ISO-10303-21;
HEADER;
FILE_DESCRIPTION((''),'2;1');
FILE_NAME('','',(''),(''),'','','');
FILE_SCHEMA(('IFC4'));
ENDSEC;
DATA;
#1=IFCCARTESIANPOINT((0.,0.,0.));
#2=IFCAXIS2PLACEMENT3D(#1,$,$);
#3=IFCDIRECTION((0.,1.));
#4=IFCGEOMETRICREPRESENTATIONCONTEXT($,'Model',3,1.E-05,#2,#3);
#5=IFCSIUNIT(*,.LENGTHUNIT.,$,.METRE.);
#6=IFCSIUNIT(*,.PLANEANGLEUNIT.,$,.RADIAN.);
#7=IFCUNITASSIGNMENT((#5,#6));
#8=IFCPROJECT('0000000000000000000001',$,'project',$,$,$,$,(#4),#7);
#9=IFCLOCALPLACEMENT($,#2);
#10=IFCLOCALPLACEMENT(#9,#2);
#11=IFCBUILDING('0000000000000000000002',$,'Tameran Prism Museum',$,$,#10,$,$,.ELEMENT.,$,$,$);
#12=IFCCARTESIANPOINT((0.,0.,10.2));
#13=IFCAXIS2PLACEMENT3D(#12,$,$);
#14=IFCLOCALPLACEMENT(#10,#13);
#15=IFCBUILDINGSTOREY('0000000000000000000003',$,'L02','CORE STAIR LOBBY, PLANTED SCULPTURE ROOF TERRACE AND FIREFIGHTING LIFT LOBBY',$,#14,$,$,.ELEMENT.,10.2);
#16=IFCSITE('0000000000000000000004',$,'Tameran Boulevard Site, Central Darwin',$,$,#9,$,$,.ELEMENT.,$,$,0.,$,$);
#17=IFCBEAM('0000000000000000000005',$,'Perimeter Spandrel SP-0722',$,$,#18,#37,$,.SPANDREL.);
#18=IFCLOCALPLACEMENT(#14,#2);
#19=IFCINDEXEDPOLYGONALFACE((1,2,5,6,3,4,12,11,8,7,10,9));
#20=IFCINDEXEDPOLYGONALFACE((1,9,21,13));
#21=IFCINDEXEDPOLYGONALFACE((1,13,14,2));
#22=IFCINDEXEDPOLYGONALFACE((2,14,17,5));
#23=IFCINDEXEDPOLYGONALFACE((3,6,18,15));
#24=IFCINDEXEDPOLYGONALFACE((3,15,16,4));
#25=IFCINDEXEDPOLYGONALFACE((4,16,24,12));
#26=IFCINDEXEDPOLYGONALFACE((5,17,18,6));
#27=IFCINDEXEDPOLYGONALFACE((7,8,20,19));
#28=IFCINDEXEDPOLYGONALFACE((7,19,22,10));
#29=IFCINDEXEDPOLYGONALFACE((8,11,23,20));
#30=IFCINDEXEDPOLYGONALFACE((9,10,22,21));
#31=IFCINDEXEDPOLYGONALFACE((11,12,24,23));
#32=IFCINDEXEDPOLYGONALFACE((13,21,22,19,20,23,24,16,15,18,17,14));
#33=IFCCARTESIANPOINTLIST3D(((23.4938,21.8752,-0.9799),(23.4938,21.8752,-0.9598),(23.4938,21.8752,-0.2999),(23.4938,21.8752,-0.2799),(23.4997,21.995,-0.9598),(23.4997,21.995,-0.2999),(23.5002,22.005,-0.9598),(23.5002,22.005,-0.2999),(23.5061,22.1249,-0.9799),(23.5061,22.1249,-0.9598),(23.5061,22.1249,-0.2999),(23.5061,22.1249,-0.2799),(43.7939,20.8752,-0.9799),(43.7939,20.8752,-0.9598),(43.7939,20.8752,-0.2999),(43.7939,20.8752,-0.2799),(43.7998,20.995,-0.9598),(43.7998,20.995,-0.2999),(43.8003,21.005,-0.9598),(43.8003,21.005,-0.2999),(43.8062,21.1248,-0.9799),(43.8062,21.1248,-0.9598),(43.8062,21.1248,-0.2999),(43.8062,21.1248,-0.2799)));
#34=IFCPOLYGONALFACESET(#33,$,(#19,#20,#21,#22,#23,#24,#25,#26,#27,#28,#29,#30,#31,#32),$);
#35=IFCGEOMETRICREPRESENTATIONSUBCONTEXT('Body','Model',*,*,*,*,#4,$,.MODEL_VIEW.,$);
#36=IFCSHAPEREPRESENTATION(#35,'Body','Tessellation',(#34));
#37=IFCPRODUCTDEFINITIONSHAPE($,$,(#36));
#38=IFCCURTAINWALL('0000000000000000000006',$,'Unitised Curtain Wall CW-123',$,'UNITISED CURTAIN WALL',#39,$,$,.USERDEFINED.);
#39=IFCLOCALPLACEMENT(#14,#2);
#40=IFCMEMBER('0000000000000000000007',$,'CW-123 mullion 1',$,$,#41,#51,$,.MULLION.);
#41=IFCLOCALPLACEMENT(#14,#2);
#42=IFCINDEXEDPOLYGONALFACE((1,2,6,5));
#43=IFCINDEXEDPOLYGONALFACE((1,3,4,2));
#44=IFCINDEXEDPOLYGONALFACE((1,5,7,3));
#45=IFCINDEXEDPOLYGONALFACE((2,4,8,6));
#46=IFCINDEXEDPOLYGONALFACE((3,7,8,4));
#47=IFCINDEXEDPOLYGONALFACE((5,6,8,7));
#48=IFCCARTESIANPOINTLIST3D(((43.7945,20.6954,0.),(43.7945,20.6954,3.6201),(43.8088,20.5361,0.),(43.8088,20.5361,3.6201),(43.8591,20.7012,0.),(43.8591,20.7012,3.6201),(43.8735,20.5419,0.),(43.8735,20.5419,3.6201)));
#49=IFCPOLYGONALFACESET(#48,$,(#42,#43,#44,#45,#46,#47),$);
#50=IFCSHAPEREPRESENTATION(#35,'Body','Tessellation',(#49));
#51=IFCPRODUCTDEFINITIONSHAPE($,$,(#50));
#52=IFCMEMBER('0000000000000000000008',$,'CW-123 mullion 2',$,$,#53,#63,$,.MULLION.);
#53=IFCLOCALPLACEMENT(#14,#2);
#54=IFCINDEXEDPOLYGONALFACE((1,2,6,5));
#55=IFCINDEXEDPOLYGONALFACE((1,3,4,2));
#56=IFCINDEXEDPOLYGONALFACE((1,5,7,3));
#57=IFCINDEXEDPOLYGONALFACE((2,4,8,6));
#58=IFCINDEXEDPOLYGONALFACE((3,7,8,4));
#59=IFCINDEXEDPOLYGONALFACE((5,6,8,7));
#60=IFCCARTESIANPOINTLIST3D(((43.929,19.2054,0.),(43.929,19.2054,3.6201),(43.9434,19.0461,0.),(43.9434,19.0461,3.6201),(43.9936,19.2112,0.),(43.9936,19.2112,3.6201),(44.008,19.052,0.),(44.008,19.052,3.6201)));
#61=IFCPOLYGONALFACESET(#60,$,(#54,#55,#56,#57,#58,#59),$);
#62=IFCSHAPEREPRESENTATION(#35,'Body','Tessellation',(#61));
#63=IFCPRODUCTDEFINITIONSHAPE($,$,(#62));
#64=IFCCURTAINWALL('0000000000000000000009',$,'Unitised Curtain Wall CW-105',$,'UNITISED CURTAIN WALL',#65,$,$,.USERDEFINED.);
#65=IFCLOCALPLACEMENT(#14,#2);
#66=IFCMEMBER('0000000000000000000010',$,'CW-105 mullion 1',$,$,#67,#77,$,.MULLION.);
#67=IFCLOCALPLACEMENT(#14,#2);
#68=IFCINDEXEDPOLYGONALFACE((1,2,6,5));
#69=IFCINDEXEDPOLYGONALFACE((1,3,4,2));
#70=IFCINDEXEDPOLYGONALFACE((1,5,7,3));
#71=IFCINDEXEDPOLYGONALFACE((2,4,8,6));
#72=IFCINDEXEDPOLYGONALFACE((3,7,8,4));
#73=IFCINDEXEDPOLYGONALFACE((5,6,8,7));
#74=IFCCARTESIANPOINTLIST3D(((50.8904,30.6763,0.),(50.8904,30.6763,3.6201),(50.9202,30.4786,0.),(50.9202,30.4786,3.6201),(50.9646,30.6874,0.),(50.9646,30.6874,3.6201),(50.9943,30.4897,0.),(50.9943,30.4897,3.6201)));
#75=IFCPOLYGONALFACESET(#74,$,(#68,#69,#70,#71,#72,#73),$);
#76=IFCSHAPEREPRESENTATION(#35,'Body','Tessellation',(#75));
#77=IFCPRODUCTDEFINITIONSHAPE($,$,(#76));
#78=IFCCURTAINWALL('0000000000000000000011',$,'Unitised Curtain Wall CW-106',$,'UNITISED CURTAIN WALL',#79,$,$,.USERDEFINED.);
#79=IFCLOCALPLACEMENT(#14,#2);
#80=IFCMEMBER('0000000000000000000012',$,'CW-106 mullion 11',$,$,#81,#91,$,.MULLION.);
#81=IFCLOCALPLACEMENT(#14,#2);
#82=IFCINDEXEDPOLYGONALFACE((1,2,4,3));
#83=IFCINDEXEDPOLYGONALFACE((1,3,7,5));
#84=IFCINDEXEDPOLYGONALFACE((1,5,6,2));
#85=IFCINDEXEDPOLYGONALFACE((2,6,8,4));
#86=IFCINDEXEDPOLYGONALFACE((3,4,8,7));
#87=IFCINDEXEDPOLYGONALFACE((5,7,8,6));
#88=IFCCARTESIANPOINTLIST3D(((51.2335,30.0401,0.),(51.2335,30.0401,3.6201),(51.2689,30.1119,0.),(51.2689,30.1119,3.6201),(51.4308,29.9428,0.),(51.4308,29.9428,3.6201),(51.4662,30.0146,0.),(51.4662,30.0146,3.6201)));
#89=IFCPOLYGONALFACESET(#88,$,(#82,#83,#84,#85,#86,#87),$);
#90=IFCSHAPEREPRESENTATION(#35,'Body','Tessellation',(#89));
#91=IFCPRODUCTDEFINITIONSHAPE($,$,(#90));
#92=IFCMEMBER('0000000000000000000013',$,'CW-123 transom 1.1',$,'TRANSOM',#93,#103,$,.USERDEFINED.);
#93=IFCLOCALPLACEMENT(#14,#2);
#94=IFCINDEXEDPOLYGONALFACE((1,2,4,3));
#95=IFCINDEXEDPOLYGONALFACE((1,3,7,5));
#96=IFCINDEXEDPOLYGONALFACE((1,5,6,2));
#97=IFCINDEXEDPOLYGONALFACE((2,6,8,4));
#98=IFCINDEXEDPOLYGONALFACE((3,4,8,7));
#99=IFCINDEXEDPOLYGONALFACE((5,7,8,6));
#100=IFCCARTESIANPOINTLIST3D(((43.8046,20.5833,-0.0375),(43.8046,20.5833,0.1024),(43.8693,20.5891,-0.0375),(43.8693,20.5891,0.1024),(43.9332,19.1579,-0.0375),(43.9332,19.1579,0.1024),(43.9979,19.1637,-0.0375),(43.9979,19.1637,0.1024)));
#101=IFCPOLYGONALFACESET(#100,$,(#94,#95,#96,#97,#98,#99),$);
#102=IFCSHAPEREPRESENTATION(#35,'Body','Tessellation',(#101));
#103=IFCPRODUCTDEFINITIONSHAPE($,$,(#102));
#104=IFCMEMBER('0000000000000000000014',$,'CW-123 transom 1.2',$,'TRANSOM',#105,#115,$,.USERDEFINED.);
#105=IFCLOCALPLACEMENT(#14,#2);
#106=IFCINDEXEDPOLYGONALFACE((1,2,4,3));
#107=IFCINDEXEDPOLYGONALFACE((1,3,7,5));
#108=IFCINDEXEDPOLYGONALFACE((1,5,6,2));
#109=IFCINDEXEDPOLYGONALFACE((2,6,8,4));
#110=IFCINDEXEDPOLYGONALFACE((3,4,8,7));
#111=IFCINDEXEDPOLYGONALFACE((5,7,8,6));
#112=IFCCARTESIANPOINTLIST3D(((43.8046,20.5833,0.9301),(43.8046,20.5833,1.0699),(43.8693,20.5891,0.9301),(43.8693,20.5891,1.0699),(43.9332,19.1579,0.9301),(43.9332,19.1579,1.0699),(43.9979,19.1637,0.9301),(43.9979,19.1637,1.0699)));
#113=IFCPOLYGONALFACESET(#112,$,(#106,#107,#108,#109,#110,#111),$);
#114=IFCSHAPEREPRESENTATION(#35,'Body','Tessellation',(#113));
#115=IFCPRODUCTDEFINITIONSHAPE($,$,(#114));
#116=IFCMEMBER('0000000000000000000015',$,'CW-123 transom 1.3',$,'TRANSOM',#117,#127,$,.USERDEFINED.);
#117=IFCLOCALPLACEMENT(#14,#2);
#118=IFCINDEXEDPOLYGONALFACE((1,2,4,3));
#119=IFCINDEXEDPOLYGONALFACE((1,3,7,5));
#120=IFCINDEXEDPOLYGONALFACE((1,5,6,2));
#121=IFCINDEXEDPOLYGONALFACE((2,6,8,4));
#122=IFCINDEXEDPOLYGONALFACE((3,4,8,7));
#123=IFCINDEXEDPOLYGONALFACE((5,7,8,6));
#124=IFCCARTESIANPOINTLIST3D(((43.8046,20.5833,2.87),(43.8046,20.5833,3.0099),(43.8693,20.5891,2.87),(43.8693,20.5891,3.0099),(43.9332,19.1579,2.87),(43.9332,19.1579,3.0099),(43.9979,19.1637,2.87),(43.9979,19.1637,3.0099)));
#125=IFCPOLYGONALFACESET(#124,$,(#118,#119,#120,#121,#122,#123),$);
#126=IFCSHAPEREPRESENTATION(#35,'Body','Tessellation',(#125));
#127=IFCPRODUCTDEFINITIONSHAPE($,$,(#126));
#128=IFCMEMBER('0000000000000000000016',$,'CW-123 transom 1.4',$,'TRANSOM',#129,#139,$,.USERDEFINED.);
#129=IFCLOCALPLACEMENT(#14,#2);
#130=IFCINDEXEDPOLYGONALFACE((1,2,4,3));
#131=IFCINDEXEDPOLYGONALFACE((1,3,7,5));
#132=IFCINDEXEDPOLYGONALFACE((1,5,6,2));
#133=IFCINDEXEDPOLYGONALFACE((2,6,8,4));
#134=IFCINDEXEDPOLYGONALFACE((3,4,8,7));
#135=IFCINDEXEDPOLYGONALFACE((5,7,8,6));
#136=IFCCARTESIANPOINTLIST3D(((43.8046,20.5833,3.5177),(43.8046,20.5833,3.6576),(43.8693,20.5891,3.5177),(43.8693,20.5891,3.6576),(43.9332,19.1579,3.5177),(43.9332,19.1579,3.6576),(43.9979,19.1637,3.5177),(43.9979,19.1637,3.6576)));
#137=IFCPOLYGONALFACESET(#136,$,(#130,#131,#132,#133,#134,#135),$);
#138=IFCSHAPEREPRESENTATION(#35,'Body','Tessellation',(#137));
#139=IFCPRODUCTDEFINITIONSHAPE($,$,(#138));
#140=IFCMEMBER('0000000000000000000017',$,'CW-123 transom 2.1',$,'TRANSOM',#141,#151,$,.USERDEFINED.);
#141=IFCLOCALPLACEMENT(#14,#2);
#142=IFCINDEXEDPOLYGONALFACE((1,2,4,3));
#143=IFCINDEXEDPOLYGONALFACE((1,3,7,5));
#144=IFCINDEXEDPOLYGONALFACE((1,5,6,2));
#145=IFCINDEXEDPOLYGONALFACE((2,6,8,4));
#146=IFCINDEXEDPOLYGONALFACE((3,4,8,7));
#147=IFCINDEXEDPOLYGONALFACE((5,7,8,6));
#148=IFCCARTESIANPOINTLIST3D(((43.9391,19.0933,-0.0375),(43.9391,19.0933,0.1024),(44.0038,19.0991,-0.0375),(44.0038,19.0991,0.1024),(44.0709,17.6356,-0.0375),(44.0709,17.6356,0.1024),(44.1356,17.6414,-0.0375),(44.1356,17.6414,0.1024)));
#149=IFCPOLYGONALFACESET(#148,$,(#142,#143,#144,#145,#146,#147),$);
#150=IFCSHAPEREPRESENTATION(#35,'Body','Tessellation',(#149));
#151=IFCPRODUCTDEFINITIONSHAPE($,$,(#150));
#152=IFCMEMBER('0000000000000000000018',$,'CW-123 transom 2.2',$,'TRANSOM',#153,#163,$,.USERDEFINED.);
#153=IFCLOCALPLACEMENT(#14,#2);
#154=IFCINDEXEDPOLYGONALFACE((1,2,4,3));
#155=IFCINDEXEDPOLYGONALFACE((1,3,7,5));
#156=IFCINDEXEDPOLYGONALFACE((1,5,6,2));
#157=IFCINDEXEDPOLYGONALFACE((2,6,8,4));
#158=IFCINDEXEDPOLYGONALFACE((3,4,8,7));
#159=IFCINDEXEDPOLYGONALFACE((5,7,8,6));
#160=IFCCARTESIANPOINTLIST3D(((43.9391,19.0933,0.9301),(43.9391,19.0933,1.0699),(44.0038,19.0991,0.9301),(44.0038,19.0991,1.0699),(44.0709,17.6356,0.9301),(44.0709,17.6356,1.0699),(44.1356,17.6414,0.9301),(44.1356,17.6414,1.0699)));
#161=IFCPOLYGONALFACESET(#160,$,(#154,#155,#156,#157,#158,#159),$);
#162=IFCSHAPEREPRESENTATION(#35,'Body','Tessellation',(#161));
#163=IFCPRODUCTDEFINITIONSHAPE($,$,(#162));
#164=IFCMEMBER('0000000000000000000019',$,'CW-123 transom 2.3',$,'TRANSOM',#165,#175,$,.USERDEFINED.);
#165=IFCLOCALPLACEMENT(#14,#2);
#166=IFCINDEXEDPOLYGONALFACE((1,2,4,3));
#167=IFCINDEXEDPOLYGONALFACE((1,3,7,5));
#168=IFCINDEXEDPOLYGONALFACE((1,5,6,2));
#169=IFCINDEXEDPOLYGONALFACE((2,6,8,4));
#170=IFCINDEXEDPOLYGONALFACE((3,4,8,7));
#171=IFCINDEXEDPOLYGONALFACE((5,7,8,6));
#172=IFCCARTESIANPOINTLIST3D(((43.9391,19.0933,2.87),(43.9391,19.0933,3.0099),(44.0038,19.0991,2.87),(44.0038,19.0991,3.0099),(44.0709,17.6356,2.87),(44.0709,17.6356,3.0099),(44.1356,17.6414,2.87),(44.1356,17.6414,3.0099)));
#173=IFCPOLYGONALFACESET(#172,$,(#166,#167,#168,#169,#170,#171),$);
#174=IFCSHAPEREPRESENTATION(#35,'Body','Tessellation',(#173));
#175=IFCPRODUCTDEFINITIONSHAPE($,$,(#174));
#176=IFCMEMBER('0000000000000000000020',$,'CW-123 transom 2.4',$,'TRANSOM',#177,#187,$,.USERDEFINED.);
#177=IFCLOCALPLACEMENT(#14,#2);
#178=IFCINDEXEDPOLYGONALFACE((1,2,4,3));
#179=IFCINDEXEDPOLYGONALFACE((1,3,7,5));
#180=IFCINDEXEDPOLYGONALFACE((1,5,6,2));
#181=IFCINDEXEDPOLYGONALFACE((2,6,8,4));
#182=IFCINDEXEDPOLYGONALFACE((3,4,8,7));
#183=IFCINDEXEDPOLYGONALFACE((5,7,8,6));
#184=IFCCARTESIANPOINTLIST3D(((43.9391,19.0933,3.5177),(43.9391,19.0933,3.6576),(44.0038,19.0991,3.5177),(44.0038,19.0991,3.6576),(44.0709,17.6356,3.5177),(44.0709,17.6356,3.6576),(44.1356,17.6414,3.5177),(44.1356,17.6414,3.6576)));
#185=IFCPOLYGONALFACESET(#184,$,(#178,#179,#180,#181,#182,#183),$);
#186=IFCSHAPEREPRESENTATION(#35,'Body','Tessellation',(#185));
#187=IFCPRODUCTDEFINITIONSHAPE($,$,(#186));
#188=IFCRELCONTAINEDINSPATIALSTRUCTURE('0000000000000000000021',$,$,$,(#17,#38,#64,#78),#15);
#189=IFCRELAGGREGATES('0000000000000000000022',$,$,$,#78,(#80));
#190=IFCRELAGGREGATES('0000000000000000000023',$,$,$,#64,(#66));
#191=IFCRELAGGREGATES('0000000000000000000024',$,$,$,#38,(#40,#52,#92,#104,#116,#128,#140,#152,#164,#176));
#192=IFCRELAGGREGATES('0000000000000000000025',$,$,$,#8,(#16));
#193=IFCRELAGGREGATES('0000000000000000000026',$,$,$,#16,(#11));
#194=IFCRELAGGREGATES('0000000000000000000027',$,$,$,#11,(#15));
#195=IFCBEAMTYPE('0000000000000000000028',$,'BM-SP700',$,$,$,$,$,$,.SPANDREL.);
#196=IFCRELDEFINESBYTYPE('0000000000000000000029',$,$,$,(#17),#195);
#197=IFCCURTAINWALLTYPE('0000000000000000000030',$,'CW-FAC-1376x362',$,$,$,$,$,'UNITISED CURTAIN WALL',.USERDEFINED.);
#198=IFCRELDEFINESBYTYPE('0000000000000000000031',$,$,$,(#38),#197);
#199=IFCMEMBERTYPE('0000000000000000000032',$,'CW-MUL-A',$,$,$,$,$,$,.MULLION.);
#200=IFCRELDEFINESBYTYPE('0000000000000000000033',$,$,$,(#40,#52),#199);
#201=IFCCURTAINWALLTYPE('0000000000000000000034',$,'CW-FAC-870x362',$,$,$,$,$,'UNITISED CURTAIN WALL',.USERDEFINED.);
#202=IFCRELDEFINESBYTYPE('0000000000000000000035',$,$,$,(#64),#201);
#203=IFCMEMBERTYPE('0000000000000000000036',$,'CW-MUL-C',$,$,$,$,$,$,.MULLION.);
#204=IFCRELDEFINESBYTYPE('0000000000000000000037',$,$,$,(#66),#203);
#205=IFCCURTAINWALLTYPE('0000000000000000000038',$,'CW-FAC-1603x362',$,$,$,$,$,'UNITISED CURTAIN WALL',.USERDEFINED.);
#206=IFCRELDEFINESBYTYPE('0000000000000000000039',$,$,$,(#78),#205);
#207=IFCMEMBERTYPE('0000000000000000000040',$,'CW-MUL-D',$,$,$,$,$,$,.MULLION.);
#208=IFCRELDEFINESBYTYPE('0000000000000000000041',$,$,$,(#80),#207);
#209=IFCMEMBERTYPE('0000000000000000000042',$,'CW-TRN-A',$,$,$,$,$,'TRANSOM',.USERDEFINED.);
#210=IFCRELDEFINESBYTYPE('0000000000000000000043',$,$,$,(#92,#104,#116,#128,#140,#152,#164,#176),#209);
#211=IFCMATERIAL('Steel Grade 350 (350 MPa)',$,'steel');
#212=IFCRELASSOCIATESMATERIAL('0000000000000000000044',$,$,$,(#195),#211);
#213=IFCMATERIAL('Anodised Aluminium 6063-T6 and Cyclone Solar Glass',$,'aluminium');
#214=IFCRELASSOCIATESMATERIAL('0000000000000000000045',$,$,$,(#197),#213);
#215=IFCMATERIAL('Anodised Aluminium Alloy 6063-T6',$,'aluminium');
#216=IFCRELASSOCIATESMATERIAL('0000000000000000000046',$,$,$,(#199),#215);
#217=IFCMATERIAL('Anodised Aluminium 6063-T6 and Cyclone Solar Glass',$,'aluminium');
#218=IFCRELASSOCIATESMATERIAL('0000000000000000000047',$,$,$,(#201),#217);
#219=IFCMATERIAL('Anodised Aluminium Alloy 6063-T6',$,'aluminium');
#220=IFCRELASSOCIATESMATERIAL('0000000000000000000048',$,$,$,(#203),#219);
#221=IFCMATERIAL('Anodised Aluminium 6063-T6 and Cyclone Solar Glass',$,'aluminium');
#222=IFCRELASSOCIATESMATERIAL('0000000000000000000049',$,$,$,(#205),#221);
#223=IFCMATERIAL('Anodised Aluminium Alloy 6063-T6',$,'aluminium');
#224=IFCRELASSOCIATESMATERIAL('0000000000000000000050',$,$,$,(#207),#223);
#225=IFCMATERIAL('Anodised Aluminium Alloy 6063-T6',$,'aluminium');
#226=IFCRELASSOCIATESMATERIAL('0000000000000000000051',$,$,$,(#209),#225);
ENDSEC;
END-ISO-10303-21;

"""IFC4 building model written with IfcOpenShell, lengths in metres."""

from ifc_helpers import new_model, si_unit, direction, frame, origin, origin_2d, place, context, subcontext, project, spatial, rectangle, i_section, extrude, material, material_profile, profile_set, type_object, element, aggregate, save


model = new_model("IFC4")

# Units and contexts
model_context = context("Model", 3, precision=1e-05, world=origin(), true_north=direction((0.0, 1.0)))
body_context = subcontext(model_context, "Body", "Model", "MODEL_VIEW")
ifc_project = project(units=[si_unit("LENGTHUNIT", "METRE"), si_unit("PLANEANGLEUNIT", "RADIAN")], contexts=[model_context])

# Site, building, storey
site_placement = place(None, origin())
site = spatial("IfcSite", under=ifc_project, at=site_placement, Name="Tameran Boulevard Site, Central Darwin", CompositionType="ELEMENT", RefElevation=0.0)
building_placement = place(site_placement, origin())
building = spatial("IfcBuilding", under=site, at=building_placement, Name="Tameran Prism Museum", CompositionType="ELEMENT")
storey_placement = place(building_placement, frame((0.0, 0.0, 10.2)))
storey = spatial("IfcBuildingStorey", under=building, at=storey_placement, Name="L02", Description="CORE STAIR LOBBY, PLANTED SCULPTURE ROOF TERRACE AND FIREFIGHTING LIFT LOBBY", CompositionType="ELEMENT", Elevation=10.2)

# Beam
ifc_material_1 = material(Name="Steel Grade 350 (350 MPa)", Category="steel")
ifc_material_profile_1 = material_profile(ifc_material_1, i_section(OverallWidth=0.25, OverallDepth=0.7, WebThickness=0.01, FlangeThickness=0.02, at=origin_2d()))
ifc_profile_set_1 = profile_set([ifc_material_profile_1])
beam_type_1 = type_object("IfcBeamType", Name="BM-SP700", PredefinedType="SPANDREL", material=ifc_profile_set_1)
beam_1_placement = place(storey_placement, frame((43.8, 21.0, -0.6299), z_axis=(-0.998789, 0.049201, 0.0), x_axis=(-0.049201, -0.998789, 0.0)))
element("IfcBeam", 1, at=beam_1_placement, inside=storey, type_object=beam_type_1, Name="Perimeter Spandrel SP-0722", PredefinedType="SPANDREL", context=body_context, shape_type="SweptSolid", body=[
    extrude(i_section(OverallWidth=0.25, OverallDepth=0.7, WebThickness=0.01, FlangeThickness=0.02, at=origin_2d()), origin(), (0.0, 0.0, 1.0), 20.3247),
])

# Curtain wall, members
ifc_material_2 = material(Name="Anodised Aluminium 6063-T6 and Cyclone Solar Glass", Category="aluminium")
curtain_wall_type_1 = type_object("IfcCurtainWallType", Name="CW-FAC-1376x362", ElementType="UNITISED CURTAIN WALL", PredefinedType="USERDEFINED", material=ifc_material_2)
curtain_wall_1_placement = place(storey_placement, origin())
curtain_wall_1 = element("IfcCurtainWall", 2, at=curtain_wall_1_placement, inside=storey, type_object=curtain_wall_type_1, Name="Unitised Curtain Wall CW-123", ObjectType="UNITISED CURTAIN WALL", PredefinedType="USERDEFINED")
ifc_material_3 = material(Name="Anodised Aluminium Alloy 6063-T6", Category="aluminium")
ifc_material_profile_2 = material_profile(ifc_material_3, rectangle(XDim=0.0649, YDim=0.1599, at=origin_2d()))
ifc_profile_set_2 = profile_set([ifc_material_profile_2])
member_type_1 = type_object("IfcMemberType", Name="CW-MUL-A", PredefinedType="MULLION", material=ifc_profile_set_2)
member_1_placement = place(storey_placement, frame((43.834, 20.6187, 0.0), z_axis=(0.0, 0.0, 1.0), x_axis=(0.995943, 0.089985, 0.0)))
member_1 = element("IfcMember", 3, at=member_1_placement, type_object=member_type_1, Name="CW-123 mullion 1", PredefinedType="MULLION", context=body_context, shape_type="SweptSolid", body=[
    extrude(rectangle(XDim=0.0649, YDim=0.1599, at=origin_2d()), origin(), (0.0, 0.0, 1.0), 3.6201),
])
member_2_placement = place(storey_placement, frame((43.9685, 19.1287, 0.0), z_axis=(0.0, 0.0, 1.0), x_axis=(0.995943, 0.089985, 0.0)))
member_2 = element("IfcMember", 4, at=member_2_placement, type_object=member_type_1, Name="CW-123 mullion 2", PredefinedType="MULLION", context=body_context, shape_type="SweptSolid", body=[
    extrude(rectangle(XDim=0.0649, YDim=0.1599, at=origin_2d()), origin(), (0.0, 0.0, 1.0), 3.6201),
])

# Curtain walls, members
ifc_material_4 = material(Name="Anodised Aluminium 6063-T6 and Cyclone Solar Glass", Category="aluminium")
curtain_wall_type_2 = type_object("IfcCurtainWallType", Name="CW-FAC-870x362", ElementType="UNITISED CURTAIN WALL", PredefinedType="USERDEFINED", material=ifc_material_4)
curtain_wall_2_placement = place(storey_placement, origin())
curtain_wall_2 = element("IfcCurtainWall", 5, at=curtain_wall_2_placement, inside=storey, type_object=curtain_wall_type_2, Name="Unitised Curtain Wall CW-105", ObjectType="UNITISED CURTAIN WALL", PredefinedType="USERDEFINED")
ifc_material_5 = material(Name="Anodised Aluminium Alloy 6063-T6", Category="aluminium")
ifc_material_profile_3 = material_profile(ifc_material_5, rectangle(XDim=0.075, YDim=0.2, at=origin_2d()))
ifc_profile_set_3 = profile_set([ifc_material_profile_3])
member_type_2 = type_object("IfcMemberType", Name="CW-MUL-C", PredefinedType="MULLION", material=ifc_profile_set_3)
member_3_placement = place(storey_placement, frame((50.9424, 30.583, 0.0), z_axis=(0.0, 0.0, 1.0), x_axis=(-0.988855, -0.14888, 0.0)))
member_3 = element("IfcMember", 6, at=member_3_placement, type_object=member_type_2, Name="CW-105 mullion 1", PredefinedType="MULLION", context=body_context, shape_type="SweptSolid", body=[
    extrude(rectangle(XDim=0.075, YDim=0.2, at=origin_2d()), origin(), (0.0, 0.0, 1.0), 3.6201),
])
ifc_material_6 = material(Name="Anodised Aluminium 6063-T6 and Cyclone Solar Glass", Category="aluminium")
curtain_wall_type_3 = type_object("IfcCurtainWallType", Name="CW-FAC-1603x362", ElementType="UNITISED CURTAIN WALL", PredefinedType="USERDEFINED", material=ifc_material_6)
curtain_wall_3_placement = place(storey_placement, origin())
curtain_wall_3 = element("IfcCurtainWall", 7, at=curtain_wall_3_placement, inside=storey, type_object=curtain_wall_type_3, Name="Unitised Curtain Wall CW-106", ObjectType="UNITISED CURTAIN WALL", PredefinedType="USERDEFINED")
ifc_material_7 = material(Name="Anodised Aluminium Alloy 6063-T6", Category="aluminium")
ifc_material_profile_4 = material_profile(ifc_material_7, rectangle(XDim=0.0801, YDim=0.22, at=origin_2d()))
ifc_profile_set_4 = profile_set([ifc_material_profile_4])
member_type_3 = type_object("IfcMemberType", Name="CW-MUL-D", PredefinedType="MULLION", material=ifc_profile_set_4)
member_4_placement = place(storey_placement, frame((51.3499, 30.0273, 0.0), z_axis=(0.0, 0.0, 1.0), x_axis=(-0.442415, -0.896811, 0.0)))
member_4 = element("IfcMember", 8, at=member_4_placement, type_object=member_type_3, Name="CW-106 mullion 11", PredefinedType="MULLION", context=body_context, shape_type="SweptSolid", body=[
    extrude(rectangle(XDim=0.0801, YDim=0.22, at=origin_2d()), origin(), (0.0, 0.0, 1.0), 3.6201),
])
aggregate(curtain_wall_3, [member_4])

# Members
ifc_material_8 = material(Name="Anodised Aluminium Alloy 6063-T6", Category="aluminium")
ifc_material_profile_5 = material_profile(ifc_material_8, rectangle(XDim=0.0649, YDim=0.1399, at=origin_2d()))
ifc_profile_set_5 = profile_set([ifc_material_profile_5])
member_type_4 = type_object("IfcMemberType", Name="CW-TRN-A", ElementType="TRANSOM", PredefinedType="USERDEFINED", material=ifc_profile_set_5)
member_5_placement = place(storey_placement, frame((43.8369, 20.5862, 0.0325), z_axis=(0.089905, -0.99595, 0.0), x_axis=(0.99595, 0.089905, 0.0)))
member_5 = element("IfcMember", 9, at=member_5_placement, type_object=member_type_4, Name="CW-123 transom 1.1", ObjectType="TRANSOM", PredefinedType="USERDEFINED", context=body_context, shape_type="SweptSolid", body=[
    extrude(rectangle(XDim=0.0649, YDim=0.1399, at=origin_2d()), origin(), (0.0, 0.0, 1.0), 1.4312),
])
member_6_placement = place(storey_placement, frame((43.8369, 20.5862, 1.0), z_axis=(0.089905, -0.99595, 0.0), x_axis=(0.99595, 0.089905, 0.0)))
member_6 = element("IfcMember", 10, at=member_6_placement, type_object=member_type_4, Name="CW-123 transom 1.2", ObjectType="TRANSOM", PredefinedType="USERDEFINED", context=body_context, shape_type="SweptSolid", body=[
    extrude(rectangle(XDim=0.0649, YDim=0.1399, at=origin_2d()), origin(), (0.0, 0.0, 1.0), 1.4312),
])
member_7_placement = place(storey_placement, frame((43.8369, 20.5862, 2.9399), z_axis=(0.089905, -0.99595, 0.0), x_axis=(0.99595, 0.089905, 0.0)))
member_7 = element("IfcMember", 11, at=member_7_placement, type_object=member_type_4, Name="CW-123 transom 1.3", ObjectType="TRANSOM", PredefinedType="USERDEFINED", context=body_context, shape_type="SweptSolid", body=[
    extrude(rectangle(XDim=0.0649, YDim=0.1399, at=origin_2d()), origin(), (0.0, 0.0, 1.0), 1.4312),
])
member_8_placement = place(storey_placement, frame((43.8369, 20.5862, 3.5876), z_axis=(0.089905, -0.99595, 0.0), x_axis=(0.99595, 0.089905, 0.0)))
member_8 = element("IfcMember", 12, at=member_8_placement, type_object=member_type_4, Name="CW-123 transom 1.4", ObjectType="TRANSOM", PredefinedType="USERDEFINED", context=body_context, shape_type="SweptSolid", body=[
    extrude(rectangle(XDim=0.0649, YDim=0.1399, at=origin_2d()), origin(), (0.0, 0.0, 1.0), 1.4312),
])
member_9_placement = place(storey_placement, frame((43.9714, 19.0962, 0.0325), z_axis=(0.09007, -0.995935, 0.0), x_axis=(0.995935, 0.09007, 0.0)))
member_9 = element("IfcMember", 13, at=member_9_placement, type_object=member_type_4, Name="CW-123 transom 2.1", ObjectType="TRANSOM", PredefinedType="USERDEFINED", context=body_context, shape_type="SweptSolid", body=[
    extrude(rectangle(XDim=0.0649, YDim=0.1399, at=origin_2d()), origin(), (0.0, 0.0, 1.0), 1.4636),
])
member_10_placement = place(storey_placement, frame((43.9714, 19.0962, 1.0), z_axis=(0.09007, -0.995935, 0.0), x_axis=(0.995935, 0.09007, 0.0)))
member_10 = element("IfcMember", 14, at=member_10_placement, type_object=member_type_4, Name="CW-123 transom 2.2", ObjectType="TRANSOM", PredefinedType="USERDEFINED", context=body_context, shape_type="SweptSolid", body=[
    extrude(rectangle(XDim=0.0649, YDim=0.1399, at=origin_2d()), origin(), (0.0, 0.0, 1.0), 1.4636),
])
member_11_placement = place(storey_placement, frame((43.9714, 19.0962, 2.9399), z_axis=(0.09007, -0.995935, 0.0), x_axis=(0.995935, 0.09007, 0.0)))
member_11 = element("IfcMember", 15, at=member_11_placement, type_object=member_type_4, Name="CW-123 transom 2.3", ObjectType="TRANSOM", PredefinedType="USERDEFINED", context=body_context, shape_type="SweptSolid", body=[
    extrude(rectangle(XDim=0.0649, YDim=0.1399, at=origin_2d()), origin(), (0.0, 0.0, 1.0), 1.4636),
])
member_12_placement = place(storey_placement, frame((43.9714, 19.0962, 3.5876), z_axis=(0.09007, -0.995935, 0.0), x_axis=(0.995935, 0.09007, 0.0)))
member_12 = element("IfcMember", 16, at=member_12_placement, type_object=member_type_4, Name="CW-123 transom 2.4", ObjectType="TRANSOM", PredefinedType="USERDEFINED", context=body_context, shape_type="SweptSolid", body=[
    extrude(rectangle(XDim=0.0649, YDim=0.1399, at=origin_2d()), origin(), (0.0, 0.0, 1.0), 1.4636),
])
aggregate(curtain_wall_2, [member_3])

aggregate(curtain_wall_1, [member_1, member_2, member_5, member_6, member_7, member_8, member_9, member_10, member_11, member_12])

save(model, "model.ifc")
